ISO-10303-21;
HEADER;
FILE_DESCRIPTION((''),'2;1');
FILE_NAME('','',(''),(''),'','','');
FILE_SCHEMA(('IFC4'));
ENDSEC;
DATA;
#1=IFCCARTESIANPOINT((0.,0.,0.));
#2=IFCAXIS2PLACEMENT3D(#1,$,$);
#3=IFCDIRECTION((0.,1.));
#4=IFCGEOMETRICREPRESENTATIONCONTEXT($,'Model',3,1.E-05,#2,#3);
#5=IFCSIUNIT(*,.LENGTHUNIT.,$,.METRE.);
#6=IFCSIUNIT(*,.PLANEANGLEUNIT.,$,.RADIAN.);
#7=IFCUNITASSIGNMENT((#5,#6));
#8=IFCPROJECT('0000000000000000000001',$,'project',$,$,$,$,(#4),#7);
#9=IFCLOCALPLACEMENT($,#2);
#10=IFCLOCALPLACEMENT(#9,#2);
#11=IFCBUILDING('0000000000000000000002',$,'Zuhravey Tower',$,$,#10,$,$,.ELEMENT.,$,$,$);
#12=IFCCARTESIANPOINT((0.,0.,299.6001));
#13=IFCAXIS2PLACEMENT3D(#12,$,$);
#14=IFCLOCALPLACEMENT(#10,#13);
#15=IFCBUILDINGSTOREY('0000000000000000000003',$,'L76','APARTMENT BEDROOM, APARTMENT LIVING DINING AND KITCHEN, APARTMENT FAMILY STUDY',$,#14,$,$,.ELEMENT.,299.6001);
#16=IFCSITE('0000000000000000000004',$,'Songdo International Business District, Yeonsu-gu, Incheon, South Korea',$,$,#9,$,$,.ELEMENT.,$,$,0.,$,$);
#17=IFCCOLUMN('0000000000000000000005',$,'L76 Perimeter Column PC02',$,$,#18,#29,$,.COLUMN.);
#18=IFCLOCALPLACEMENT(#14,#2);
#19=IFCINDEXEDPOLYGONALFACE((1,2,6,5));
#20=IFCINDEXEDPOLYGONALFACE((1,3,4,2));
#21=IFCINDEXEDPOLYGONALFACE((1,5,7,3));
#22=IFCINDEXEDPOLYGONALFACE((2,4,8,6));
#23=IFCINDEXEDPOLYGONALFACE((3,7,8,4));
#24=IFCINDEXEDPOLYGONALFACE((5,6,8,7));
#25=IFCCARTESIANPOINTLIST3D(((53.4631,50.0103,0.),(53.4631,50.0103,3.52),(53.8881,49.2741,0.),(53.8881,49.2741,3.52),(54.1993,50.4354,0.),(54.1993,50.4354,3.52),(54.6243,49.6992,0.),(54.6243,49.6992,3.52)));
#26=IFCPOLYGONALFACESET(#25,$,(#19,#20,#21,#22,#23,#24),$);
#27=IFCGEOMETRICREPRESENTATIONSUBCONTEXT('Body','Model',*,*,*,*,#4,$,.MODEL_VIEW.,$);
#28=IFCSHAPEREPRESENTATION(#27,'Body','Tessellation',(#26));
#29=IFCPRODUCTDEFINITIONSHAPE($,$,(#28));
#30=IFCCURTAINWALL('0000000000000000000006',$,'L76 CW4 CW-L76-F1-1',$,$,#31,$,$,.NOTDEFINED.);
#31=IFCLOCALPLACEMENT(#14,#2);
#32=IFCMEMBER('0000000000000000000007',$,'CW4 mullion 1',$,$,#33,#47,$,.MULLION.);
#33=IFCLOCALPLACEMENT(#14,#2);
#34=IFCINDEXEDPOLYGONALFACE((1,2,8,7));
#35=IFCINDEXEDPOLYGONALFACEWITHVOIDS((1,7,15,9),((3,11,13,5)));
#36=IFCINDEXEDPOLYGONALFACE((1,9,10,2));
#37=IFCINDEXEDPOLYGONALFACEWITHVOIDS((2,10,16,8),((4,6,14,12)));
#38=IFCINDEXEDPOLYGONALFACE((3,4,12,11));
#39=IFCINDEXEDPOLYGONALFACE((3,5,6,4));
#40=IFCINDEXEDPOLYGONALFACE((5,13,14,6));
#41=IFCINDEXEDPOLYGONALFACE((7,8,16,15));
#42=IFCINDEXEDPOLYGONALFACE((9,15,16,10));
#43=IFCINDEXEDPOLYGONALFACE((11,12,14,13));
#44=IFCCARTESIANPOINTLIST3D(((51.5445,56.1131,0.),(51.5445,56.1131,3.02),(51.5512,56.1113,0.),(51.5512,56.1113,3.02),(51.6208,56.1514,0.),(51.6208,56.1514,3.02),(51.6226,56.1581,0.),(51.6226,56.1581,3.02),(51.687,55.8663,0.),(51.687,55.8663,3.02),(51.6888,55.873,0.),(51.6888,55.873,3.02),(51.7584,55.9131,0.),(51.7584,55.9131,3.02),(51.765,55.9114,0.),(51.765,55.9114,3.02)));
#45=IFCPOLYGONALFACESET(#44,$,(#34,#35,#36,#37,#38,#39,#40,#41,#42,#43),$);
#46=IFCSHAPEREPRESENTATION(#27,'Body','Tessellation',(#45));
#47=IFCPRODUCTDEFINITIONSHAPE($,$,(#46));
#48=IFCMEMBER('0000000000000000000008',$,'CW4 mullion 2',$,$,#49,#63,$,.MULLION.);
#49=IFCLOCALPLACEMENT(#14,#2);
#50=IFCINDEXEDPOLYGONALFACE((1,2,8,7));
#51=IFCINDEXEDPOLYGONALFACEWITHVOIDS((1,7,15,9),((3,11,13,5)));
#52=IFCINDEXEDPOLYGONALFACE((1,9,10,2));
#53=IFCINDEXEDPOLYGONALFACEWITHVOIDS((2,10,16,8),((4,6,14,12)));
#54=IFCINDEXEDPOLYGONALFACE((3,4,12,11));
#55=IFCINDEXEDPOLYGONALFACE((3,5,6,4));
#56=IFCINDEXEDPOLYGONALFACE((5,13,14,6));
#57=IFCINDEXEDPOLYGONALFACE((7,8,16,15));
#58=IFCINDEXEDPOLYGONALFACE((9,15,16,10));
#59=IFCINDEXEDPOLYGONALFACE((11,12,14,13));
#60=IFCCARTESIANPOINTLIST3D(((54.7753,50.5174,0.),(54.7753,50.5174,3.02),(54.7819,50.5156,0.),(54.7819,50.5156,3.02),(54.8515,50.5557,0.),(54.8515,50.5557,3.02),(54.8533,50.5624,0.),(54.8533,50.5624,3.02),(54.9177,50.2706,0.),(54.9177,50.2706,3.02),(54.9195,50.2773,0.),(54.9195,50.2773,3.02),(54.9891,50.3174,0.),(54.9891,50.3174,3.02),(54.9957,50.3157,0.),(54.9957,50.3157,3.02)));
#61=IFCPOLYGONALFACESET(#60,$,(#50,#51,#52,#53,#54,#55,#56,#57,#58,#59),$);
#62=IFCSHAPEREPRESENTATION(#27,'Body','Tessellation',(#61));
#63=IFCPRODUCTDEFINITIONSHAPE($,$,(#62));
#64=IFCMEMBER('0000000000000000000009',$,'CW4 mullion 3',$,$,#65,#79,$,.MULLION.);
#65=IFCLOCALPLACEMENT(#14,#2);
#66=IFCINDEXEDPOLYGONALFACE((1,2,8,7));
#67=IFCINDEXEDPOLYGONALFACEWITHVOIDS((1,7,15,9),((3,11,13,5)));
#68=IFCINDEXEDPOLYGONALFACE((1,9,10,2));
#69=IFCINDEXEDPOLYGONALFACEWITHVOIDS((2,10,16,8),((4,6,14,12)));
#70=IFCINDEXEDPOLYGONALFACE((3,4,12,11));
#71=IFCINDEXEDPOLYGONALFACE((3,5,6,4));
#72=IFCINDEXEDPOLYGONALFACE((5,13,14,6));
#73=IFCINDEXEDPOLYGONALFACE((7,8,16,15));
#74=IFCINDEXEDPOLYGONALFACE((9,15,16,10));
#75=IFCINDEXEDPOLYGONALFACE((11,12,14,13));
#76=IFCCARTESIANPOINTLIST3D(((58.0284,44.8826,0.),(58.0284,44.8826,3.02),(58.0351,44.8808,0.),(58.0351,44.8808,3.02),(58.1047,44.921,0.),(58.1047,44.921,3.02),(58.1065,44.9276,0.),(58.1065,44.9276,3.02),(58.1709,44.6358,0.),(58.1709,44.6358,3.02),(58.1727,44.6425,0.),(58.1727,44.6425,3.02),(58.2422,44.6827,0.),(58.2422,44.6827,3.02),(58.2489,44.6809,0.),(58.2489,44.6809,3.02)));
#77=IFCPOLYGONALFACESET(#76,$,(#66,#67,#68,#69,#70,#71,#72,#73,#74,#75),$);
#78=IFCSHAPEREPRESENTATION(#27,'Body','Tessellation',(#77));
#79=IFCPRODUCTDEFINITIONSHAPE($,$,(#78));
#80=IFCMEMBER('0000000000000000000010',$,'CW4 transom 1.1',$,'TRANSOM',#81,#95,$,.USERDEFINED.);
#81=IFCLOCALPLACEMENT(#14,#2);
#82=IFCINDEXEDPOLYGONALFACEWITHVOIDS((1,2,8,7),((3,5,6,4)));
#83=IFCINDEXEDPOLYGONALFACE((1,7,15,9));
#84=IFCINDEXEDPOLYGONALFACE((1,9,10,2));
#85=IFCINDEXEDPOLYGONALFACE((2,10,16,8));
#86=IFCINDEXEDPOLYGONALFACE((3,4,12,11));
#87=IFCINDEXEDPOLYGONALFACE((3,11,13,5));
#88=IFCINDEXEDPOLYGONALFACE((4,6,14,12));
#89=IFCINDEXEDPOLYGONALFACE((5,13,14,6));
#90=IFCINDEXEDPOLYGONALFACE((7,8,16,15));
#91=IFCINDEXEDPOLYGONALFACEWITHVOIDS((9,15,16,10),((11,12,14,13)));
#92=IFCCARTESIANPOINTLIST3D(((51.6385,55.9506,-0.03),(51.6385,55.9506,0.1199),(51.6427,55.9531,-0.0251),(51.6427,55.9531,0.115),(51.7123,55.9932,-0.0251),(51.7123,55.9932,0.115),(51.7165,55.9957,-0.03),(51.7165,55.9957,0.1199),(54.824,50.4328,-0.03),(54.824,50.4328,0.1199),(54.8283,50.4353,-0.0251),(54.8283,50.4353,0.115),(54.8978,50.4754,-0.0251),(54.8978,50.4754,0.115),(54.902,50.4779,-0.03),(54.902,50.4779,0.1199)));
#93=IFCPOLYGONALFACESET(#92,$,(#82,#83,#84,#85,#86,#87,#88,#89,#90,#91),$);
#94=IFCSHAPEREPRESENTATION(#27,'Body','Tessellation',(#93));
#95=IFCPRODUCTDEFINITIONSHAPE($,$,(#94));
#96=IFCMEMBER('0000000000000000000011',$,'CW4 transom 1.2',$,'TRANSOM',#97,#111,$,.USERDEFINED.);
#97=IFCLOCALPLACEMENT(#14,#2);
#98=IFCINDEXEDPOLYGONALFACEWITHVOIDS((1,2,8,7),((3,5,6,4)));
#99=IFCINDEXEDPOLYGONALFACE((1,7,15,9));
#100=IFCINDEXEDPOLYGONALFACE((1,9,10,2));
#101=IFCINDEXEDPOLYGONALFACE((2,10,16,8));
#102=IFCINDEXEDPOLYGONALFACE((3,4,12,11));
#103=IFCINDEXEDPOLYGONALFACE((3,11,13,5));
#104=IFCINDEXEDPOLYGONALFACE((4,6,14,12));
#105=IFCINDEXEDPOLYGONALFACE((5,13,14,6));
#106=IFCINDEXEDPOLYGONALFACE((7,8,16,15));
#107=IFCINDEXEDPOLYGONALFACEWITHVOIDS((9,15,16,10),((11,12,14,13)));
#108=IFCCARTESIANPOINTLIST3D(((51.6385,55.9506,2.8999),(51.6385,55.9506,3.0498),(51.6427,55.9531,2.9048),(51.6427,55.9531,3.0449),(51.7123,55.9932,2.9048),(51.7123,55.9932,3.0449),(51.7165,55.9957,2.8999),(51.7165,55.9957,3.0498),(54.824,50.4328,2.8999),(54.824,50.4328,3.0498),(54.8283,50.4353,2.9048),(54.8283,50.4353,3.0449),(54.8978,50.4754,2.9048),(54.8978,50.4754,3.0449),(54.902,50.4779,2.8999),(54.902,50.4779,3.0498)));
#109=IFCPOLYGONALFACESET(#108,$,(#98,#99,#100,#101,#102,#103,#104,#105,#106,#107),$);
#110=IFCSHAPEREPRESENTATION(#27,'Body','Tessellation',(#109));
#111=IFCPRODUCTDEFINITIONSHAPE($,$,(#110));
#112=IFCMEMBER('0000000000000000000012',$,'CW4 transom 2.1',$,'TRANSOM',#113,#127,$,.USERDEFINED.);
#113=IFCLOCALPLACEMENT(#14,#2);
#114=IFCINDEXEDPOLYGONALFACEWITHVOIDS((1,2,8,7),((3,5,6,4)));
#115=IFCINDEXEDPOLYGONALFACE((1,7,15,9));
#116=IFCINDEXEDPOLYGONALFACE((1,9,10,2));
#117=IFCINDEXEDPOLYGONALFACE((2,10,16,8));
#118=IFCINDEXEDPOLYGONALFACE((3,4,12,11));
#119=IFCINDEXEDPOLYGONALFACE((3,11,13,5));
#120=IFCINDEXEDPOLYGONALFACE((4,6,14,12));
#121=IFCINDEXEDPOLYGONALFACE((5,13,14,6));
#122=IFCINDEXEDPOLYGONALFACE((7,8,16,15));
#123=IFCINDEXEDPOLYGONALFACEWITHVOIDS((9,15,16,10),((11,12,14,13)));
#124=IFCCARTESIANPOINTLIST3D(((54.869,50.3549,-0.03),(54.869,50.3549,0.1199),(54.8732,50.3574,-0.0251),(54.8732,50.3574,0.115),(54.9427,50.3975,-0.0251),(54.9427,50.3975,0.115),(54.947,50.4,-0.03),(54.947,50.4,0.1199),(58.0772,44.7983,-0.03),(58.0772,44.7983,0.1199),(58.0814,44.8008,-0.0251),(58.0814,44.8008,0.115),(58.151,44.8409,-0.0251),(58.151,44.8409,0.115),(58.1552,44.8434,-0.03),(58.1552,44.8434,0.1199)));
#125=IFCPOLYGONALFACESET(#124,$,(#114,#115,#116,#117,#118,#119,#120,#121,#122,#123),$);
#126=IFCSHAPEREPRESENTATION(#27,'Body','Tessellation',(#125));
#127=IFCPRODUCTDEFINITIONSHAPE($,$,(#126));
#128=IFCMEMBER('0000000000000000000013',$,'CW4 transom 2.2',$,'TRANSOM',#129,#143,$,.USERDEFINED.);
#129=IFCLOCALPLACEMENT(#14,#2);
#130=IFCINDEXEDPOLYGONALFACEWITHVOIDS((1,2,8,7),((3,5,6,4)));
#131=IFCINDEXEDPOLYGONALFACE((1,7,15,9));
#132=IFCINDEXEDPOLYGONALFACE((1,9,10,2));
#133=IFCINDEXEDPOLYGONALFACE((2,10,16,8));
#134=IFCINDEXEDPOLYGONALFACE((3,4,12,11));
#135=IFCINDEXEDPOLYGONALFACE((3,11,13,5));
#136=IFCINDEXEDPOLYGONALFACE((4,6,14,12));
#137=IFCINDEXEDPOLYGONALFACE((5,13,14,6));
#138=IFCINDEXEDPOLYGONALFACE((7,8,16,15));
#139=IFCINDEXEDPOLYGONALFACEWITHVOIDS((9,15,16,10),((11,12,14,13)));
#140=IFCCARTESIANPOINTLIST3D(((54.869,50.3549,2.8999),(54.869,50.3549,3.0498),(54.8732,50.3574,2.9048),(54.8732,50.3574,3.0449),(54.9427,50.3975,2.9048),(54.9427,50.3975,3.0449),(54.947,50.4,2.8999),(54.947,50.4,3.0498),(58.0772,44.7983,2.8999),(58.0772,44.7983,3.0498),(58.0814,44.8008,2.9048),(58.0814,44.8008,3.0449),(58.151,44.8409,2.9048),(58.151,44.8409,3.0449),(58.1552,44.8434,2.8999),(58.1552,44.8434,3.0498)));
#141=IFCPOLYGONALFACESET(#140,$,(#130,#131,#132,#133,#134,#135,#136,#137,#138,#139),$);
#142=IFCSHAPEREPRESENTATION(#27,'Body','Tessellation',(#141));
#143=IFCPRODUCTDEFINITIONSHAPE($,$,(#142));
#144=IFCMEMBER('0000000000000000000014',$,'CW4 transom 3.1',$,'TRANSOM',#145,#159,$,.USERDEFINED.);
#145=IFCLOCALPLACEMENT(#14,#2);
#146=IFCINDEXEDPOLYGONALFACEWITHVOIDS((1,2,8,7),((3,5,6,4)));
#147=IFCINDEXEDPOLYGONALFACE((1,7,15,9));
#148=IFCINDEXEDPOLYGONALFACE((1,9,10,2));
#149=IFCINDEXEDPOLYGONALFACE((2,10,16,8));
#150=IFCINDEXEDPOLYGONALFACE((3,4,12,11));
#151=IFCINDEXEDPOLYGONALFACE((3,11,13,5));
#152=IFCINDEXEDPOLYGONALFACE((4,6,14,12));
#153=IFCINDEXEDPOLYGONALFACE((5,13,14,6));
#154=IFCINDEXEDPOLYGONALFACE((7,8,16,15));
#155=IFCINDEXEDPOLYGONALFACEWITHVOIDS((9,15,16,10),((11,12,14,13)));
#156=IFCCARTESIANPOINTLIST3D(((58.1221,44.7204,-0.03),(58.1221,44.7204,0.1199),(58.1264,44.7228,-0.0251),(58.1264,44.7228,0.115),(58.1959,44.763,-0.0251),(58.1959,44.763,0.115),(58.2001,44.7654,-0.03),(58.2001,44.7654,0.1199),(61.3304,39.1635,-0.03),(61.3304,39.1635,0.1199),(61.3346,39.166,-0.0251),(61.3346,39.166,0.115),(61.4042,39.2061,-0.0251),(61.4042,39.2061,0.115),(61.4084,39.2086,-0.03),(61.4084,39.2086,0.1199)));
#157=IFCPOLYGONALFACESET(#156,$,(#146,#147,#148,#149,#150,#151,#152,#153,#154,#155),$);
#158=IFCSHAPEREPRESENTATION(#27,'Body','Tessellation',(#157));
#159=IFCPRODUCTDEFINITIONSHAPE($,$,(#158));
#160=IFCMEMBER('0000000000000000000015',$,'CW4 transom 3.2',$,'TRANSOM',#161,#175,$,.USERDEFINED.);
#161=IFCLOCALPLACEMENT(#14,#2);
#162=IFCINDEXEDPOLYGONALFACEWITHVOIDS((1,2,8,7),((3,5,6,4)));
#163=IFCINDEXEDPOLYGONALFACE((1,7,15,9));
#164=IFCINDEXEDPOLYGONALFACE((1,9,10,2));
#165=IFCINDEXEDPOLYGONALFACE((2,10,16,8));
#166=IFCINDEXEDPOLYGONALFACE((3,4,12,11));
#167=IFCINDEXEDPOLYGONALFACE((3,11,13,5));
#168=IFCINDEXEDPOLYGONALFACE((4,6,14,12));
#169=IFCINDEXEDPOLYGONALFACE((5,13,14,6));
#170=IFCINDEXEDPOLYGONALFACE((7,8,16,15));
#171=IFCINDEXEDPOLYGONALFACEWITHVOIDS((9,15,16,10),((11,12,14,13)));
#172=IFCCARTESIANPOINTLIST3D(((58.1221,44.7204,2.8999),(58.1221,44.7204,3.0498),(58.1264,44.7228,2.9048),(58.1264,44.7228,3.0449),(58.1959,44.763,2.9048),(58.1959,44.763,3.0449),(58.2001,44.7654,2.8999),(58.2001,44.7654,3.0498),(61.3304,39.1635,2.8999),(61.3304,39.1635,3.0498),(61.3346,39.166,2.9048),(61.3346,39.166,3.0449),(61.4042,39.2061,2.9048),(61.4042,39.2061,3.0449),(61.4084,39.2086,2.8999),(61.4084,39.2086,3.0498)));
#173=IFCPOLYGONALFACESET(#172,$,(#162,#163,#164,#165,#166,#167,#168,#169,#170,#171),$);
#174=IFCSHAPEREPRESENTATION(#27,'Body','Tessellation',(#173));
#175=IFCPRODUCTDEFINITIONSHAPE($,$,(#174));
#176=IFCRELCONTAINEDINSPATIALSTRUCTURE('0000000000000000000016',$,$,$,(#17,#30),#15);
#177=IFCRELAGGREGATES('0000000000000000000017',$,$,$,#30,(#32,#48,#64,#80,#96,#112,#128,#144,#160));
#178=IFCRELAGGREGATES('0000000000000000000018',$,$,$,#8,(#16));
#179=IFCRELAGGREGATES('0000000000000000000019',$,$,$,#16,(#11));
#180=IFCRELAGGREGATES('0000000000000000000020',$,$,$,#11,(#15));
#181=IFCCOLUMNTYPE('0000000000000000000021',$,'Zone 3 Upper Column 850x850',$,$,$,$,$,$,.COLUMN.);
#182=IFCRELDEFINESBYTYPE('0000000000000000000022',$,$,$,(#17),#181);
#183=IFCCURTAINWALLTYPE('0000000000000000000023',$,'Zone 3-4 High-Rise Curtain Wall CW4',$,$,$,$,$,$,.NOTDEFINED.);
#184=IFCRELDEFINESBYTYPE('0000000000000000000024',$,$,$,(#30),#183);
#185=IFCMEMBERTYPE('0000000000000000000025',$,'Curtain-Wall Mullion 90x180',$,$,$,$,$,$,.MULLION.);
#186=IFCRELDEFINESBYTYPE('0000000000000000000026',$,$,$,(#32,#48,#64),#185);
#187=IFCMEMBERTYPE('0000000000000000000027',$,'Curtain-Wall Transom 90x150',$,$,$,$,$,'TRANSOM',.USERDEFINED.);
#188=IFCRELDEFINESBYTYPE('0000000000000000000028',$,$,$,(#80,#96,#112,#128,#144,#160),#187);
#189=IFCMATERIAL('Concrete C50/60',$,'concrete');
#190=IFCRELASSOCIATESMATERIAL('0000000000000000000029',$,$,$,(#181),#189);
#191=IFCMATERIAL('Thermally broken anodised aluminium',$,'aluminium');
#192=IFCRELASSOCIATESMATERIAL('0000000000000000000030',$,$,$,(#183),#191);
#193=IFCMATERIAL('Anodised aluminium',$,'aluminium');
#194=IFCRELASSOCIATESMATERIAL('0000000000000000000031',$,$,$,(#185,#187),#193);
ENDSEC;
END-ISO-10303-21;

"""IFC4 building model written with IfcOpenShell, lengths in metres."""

from ifc_helpers import new_model, si_unit, direction, frame, origin, origin_2d, place, context, subcontext, project, spatial, rectangle, hollow_rectangle, extrude, material, material_profile, profile_set, type_object, element, aggregate, save


model = new_model("IFC4")

# Units and contexts
model_context = context("Model", 3, precision=1e-05, world=origin(), true_north=direction((0.0, 1.0)))
body_context = subcontext(model_context, "Body", "Model", "MODEL_VIEW")
ifc_project = project(units=[si_unit("LENGTHUNIT", "METRE"), si_unit("PLANEANGLEUNIT", "RADIAN")], contexts=[model_context])

# Site, building, storey
site_placement = place(None, origin())
site = spatial("IfcSite", under=ifc_project, at=site_placement, Name="Songdo International Business District, Yeonsu-gu, Incheon, South Korea", CompositionType="ELEMENT", RefElevation=0.0)
building_placement = place(site_placement, origin())
building = spatial("IfcBuilding", under=site, at=building_placement, Name="Zuhravey Tower", CompositionType="ELEMENT")
storey_placement = place(building_placement, frame((0.0, 0.0, 299.6001)))
storey = spatial("IfcBuildingStorey", under=building, at=storey_placement, Name="L76", Description="APARTMENT BEDROOM, APARTMENT LIVING DINING AND KITCHEN, APARTMENT FAMILY STUDY", CompositionType="ELEMENT", Elevation=299.6001)

# Column
ifc_material_1 = material(Name="Concrete C50/60", Category="concrete")
ifc_material_profile_1 = material_profile(ifc_material_1, rectangle(XDim=0.8501, YDim=0.8501, at=origin_2d()), Name="RC-850x850")
ifc_profile_set_1 = profile_set([ifc_material_profile_1], Name="Concrete C50/60")
column_type = type_object("IfcColumnType", Name="Zone 3 Upper Column 850x850", PredefinedType="COLUMN", material=ifc_profile_set_1)
column_placement = place(storey_placement, frame((54.0437, 49.8547, 0.0), z_axis=(0.0, 0.0, 1.0), x_axis=(-0.5, 0.866025, 0.0)))
element("IfcColumn", 1, at=column_placement, inside=storey, type_object=column_type, Name="L76 Perimeter Column PC02", PredefinedType="COLUMN", context=body_context, shape_type="SweptSolid", body=[
    extrude(rectangle(XDim=0.8501, YDim=0.8501, at=origin_2d()), origin(), (0.0, 0.0, 1.0), 3.52),
])

# Curtain wall, members
ifc_material_2 = material(Name="Thermally broken anodised aluminium", Category="aluminium")
curtain_wall_type = type_object("IfcCurtainWallType", Name="Zone 3-4 High-Rise Curtain Wall CW4", PredefinedType="NOTDEFINED", material=ifc_material_2)
curtain_wall_placement = place(storey_placement, origin())
curtain_wall = element("IfcCurtainWall", 2, at=curtain_wall_placement, inside=storey, type_object=curtain_wall_type, Name="L76 CW4 CW-L76-F1-1", PredefinedType="NOTDEFINED")
ifc_material_3 = material(Name="Anodised aluminium", Category="aluminium")
ifc_material_profile_2 = material_profile(ifc_material_3, hollow_rectangle(XDim=0.0901, YDim=0.2849, WallThickness=0.0049, at=origin_2d()), Name="ALU-RHS-90x285x5")
ifc_profile_set_2 = profile_set([ifc_material_profile_2], Name="Anodised aluminium")
member_type_1 = type_object("IfcMemberType", Name="Curtain-Wall Mullion 90x180", PredefinedType="MULLION", material=ifc_profile_set_2)
member_1_placement = place(storey_placement, frame((51.6548, 56.0122, 0.0), z_axis=(0.0, 0.0, 1.0), x_axis=(0.866025, 0.500001, 0.0)))
member_1 = element("IfcMember", 3, at=member_1_placement, type_object=member_type_1, Name="CW4 mullion 1", PredefinedType="MULLION", context=body_context, shape_type="SweptSolid", body=[
    extrude(hollow_rectangle(XDim=0.0901, YDim=0.2849, WallThickness=0.0049, at=origin_2d()), origin(), (0.0, 0.0, 1.0), 3.02),
])
member_2_placement = place(storey_placement, frame((54.8855, 50.4165, 0.0), z_axis=(0.0, 0.0, 1.0), x_axis=(0.866025, 0.500001, 0.0)))
member_2 = element("IfcMember", 4, at=member_2_placement, type_object=member_type_1, Name="CW4 mullion 2", PredefinedType="MULLION", context=body_context, shape_type="SweptSolid", body=[
    extrude(hollow_rectangle(XDim=0.0901, YDim=0.2849, WallThickness=0.0049, at=origin_2d()), origin(), (0.0, 0.0, 1.0), 3.02),
])
member_3_placement = place(storey_placement, frame((58.1387, 44.7817, 0.0), z_axis=(0.0, 0.0, 1.0), x_axis=(0.866025, 0.500001, 0.0)))
member_3 = element("IfcMember", 5, at=member_3_placement, type_object=member_type_1, Name="CW4 mullion 3", PredefinedType="MULLION", context=body_context, shape_type="SweptSolid", body=[
    extrude(hollow_rectangle(XDim=0.0901, YDim=0.2849, WallThickness=0.0049, at=origin_2d()), origin(), (0.0, 0.0, 1.0), 3.02),
])
ifc_material_profile_3 = material_profile(ifc_material_3, hollow_rectangle(XDim=0.0901, YDim=0.1499, WallThickness=0.0049, at=origin_2d()), Name="ALU-RHS-90x150x5")
ifc_profile_set_3 = profile_set([ifc_material_profile_3], Name="Anodised aluminium")
member_type_2 = type_object("IfcMemberType", Name="Curtain-Wall Transom 90x150", ElementType="TRANSOM", PredefinedType="USERDEFINED", material=ifc_profile_set_3)
member_4_placement = place(storey_placement, frame((51.6775, 55.9731, 0.0449), z_axis=(0.49998, -0.866037, 0.0), x_axis=(0.866037, 0.49998, 0.0)))
member_4 = element("IfcMember", 6, at=member_4_placement, type_object=member_type_2, Name="CW4 transom 1.1", ObjectType="TRANSOM", PredefinedType="USERDEFINED", context=body_context, shape_type="SweptSolid", body=[
    extrude(hollow_rectangle(XDim=0.0901, YDim=0.1499, WallThickness=0.0049, at=origin_2d()), origin(), (0.0, 0.0, 1.0), 6.3713),
])
member_5_placement = place(storey_placement, frame((51.6775, 55.9731, 2.9749), z_axis=(0.49998, -0.866037, 0.0), x_axis=(0.866037, 0.49998, 0.0)))
member_5 = element("IfcMember", 7, at=member_5_placement, type_object=member_type_2, Name="CW4 transom 1.2", ObjectType="TRANSOM", PredefinedType="USERDEFINED", context=body_context, shape_type="SweptSolid", body=[
    extrude(hollow_rectangle(XDim=0.0901, YDim=0.1499, WallThickness=0.0049, at=origin_2d()), origin(), (0.0, 0.0, 1.0), 6.3713),
])
member_6_placement = place(storey_placement, frame((54.908, 50.3774, 0.0449), z_axis=(0.500014, -0.866017, 0.0), x_axis=(0.866017, 0.500014, 0.0)))
member_6 = element("IfcMember", 8, at=member_6_placement, type_object=member_type_2, Name="CW4 transom 2.1", ObjectType="TRANSOM", PredefinedType="USERDEFINED", context=body_context, shape_type="SweptSolid", body=[
    extrude(hollow_rectangle(XDim=0.0901, YDim=0.1499, WallThickness=0.0049, at=origin_2d()), origin(), (0.0, 0.0, 1.0), 6.4163),
])
member_7_placement = place(storey_placement, frame((54.908, 50.3774, 2.9749), z_axis=(0.500014, -0.866017, 0.0), x_axis=(0.866017, 0.500014, 0.0)))
member_7 = element("IfcMember", 9, at=member_7_placement, type_object=member_type_2, Name="CW4 transom 2.2", ObjectType="TRANSOM", PredefinedType="USERDEFINED", context=body_context, shape_type="SweptSolid", body=[
    extrude(hollow_rectangle(XDim=0.0901, YDim=0.1499, WallThickness=0.0049, at=origin_2d()), origin(), (0.0, 0.0, 1.0), 6.4163),
])
member_8_placement = place(storey_placement, frame((58.1611, 44.7429, 0.0449), z_axis=(0.499998, -0.866027, 0.0), x_axis=(0.866027, 0.499998, 0.0)))
member_8 = element("IfcMember", 10, at=member_8_placement, type_object=member_type_2, Name="CW4 transom 3.1", ObjectType="TRANSOM", PredefinedType="USERDEFINED", context=body_context, shape_type="SweptSolid", body=[
    extrude(hollow_rectangle(XDim=0.0901, YDim=0.1499, WallThickness=0.0049, at=origin_2d()), origin(), (0.0, 0.0, 1.0), 6.4165),
])
member_9_placement = place(storey_placement, frame((58.1611, 44.7429, 2.9749), z_axis=(0.499998, -0.866027, 0.0), x_axis=(0.866027, 0.499998, 0.0)))
member_9 = element("IfcMember", 11, at=member_9_placement, type_object=member_type_2, Name="CW4 transom 3.2", ObjectType="TRANSOM", PredefinedType="USERDEFINED", context=body_context, shape_type="SweptSolid", body=[
    extrude(hollow_rectangle(XDim=0.0901, YDim=0.1499, WallThickness=0.0049, at=origin_2d()), origin(), (0.0, 0.0, 1.0), 6.4165),
])

aggregate(curtain_wall, [member_1, member_2, member_3, member_4, member_5, member_6, member_7, member_8, member_9])

save(model, "model.ifc")
